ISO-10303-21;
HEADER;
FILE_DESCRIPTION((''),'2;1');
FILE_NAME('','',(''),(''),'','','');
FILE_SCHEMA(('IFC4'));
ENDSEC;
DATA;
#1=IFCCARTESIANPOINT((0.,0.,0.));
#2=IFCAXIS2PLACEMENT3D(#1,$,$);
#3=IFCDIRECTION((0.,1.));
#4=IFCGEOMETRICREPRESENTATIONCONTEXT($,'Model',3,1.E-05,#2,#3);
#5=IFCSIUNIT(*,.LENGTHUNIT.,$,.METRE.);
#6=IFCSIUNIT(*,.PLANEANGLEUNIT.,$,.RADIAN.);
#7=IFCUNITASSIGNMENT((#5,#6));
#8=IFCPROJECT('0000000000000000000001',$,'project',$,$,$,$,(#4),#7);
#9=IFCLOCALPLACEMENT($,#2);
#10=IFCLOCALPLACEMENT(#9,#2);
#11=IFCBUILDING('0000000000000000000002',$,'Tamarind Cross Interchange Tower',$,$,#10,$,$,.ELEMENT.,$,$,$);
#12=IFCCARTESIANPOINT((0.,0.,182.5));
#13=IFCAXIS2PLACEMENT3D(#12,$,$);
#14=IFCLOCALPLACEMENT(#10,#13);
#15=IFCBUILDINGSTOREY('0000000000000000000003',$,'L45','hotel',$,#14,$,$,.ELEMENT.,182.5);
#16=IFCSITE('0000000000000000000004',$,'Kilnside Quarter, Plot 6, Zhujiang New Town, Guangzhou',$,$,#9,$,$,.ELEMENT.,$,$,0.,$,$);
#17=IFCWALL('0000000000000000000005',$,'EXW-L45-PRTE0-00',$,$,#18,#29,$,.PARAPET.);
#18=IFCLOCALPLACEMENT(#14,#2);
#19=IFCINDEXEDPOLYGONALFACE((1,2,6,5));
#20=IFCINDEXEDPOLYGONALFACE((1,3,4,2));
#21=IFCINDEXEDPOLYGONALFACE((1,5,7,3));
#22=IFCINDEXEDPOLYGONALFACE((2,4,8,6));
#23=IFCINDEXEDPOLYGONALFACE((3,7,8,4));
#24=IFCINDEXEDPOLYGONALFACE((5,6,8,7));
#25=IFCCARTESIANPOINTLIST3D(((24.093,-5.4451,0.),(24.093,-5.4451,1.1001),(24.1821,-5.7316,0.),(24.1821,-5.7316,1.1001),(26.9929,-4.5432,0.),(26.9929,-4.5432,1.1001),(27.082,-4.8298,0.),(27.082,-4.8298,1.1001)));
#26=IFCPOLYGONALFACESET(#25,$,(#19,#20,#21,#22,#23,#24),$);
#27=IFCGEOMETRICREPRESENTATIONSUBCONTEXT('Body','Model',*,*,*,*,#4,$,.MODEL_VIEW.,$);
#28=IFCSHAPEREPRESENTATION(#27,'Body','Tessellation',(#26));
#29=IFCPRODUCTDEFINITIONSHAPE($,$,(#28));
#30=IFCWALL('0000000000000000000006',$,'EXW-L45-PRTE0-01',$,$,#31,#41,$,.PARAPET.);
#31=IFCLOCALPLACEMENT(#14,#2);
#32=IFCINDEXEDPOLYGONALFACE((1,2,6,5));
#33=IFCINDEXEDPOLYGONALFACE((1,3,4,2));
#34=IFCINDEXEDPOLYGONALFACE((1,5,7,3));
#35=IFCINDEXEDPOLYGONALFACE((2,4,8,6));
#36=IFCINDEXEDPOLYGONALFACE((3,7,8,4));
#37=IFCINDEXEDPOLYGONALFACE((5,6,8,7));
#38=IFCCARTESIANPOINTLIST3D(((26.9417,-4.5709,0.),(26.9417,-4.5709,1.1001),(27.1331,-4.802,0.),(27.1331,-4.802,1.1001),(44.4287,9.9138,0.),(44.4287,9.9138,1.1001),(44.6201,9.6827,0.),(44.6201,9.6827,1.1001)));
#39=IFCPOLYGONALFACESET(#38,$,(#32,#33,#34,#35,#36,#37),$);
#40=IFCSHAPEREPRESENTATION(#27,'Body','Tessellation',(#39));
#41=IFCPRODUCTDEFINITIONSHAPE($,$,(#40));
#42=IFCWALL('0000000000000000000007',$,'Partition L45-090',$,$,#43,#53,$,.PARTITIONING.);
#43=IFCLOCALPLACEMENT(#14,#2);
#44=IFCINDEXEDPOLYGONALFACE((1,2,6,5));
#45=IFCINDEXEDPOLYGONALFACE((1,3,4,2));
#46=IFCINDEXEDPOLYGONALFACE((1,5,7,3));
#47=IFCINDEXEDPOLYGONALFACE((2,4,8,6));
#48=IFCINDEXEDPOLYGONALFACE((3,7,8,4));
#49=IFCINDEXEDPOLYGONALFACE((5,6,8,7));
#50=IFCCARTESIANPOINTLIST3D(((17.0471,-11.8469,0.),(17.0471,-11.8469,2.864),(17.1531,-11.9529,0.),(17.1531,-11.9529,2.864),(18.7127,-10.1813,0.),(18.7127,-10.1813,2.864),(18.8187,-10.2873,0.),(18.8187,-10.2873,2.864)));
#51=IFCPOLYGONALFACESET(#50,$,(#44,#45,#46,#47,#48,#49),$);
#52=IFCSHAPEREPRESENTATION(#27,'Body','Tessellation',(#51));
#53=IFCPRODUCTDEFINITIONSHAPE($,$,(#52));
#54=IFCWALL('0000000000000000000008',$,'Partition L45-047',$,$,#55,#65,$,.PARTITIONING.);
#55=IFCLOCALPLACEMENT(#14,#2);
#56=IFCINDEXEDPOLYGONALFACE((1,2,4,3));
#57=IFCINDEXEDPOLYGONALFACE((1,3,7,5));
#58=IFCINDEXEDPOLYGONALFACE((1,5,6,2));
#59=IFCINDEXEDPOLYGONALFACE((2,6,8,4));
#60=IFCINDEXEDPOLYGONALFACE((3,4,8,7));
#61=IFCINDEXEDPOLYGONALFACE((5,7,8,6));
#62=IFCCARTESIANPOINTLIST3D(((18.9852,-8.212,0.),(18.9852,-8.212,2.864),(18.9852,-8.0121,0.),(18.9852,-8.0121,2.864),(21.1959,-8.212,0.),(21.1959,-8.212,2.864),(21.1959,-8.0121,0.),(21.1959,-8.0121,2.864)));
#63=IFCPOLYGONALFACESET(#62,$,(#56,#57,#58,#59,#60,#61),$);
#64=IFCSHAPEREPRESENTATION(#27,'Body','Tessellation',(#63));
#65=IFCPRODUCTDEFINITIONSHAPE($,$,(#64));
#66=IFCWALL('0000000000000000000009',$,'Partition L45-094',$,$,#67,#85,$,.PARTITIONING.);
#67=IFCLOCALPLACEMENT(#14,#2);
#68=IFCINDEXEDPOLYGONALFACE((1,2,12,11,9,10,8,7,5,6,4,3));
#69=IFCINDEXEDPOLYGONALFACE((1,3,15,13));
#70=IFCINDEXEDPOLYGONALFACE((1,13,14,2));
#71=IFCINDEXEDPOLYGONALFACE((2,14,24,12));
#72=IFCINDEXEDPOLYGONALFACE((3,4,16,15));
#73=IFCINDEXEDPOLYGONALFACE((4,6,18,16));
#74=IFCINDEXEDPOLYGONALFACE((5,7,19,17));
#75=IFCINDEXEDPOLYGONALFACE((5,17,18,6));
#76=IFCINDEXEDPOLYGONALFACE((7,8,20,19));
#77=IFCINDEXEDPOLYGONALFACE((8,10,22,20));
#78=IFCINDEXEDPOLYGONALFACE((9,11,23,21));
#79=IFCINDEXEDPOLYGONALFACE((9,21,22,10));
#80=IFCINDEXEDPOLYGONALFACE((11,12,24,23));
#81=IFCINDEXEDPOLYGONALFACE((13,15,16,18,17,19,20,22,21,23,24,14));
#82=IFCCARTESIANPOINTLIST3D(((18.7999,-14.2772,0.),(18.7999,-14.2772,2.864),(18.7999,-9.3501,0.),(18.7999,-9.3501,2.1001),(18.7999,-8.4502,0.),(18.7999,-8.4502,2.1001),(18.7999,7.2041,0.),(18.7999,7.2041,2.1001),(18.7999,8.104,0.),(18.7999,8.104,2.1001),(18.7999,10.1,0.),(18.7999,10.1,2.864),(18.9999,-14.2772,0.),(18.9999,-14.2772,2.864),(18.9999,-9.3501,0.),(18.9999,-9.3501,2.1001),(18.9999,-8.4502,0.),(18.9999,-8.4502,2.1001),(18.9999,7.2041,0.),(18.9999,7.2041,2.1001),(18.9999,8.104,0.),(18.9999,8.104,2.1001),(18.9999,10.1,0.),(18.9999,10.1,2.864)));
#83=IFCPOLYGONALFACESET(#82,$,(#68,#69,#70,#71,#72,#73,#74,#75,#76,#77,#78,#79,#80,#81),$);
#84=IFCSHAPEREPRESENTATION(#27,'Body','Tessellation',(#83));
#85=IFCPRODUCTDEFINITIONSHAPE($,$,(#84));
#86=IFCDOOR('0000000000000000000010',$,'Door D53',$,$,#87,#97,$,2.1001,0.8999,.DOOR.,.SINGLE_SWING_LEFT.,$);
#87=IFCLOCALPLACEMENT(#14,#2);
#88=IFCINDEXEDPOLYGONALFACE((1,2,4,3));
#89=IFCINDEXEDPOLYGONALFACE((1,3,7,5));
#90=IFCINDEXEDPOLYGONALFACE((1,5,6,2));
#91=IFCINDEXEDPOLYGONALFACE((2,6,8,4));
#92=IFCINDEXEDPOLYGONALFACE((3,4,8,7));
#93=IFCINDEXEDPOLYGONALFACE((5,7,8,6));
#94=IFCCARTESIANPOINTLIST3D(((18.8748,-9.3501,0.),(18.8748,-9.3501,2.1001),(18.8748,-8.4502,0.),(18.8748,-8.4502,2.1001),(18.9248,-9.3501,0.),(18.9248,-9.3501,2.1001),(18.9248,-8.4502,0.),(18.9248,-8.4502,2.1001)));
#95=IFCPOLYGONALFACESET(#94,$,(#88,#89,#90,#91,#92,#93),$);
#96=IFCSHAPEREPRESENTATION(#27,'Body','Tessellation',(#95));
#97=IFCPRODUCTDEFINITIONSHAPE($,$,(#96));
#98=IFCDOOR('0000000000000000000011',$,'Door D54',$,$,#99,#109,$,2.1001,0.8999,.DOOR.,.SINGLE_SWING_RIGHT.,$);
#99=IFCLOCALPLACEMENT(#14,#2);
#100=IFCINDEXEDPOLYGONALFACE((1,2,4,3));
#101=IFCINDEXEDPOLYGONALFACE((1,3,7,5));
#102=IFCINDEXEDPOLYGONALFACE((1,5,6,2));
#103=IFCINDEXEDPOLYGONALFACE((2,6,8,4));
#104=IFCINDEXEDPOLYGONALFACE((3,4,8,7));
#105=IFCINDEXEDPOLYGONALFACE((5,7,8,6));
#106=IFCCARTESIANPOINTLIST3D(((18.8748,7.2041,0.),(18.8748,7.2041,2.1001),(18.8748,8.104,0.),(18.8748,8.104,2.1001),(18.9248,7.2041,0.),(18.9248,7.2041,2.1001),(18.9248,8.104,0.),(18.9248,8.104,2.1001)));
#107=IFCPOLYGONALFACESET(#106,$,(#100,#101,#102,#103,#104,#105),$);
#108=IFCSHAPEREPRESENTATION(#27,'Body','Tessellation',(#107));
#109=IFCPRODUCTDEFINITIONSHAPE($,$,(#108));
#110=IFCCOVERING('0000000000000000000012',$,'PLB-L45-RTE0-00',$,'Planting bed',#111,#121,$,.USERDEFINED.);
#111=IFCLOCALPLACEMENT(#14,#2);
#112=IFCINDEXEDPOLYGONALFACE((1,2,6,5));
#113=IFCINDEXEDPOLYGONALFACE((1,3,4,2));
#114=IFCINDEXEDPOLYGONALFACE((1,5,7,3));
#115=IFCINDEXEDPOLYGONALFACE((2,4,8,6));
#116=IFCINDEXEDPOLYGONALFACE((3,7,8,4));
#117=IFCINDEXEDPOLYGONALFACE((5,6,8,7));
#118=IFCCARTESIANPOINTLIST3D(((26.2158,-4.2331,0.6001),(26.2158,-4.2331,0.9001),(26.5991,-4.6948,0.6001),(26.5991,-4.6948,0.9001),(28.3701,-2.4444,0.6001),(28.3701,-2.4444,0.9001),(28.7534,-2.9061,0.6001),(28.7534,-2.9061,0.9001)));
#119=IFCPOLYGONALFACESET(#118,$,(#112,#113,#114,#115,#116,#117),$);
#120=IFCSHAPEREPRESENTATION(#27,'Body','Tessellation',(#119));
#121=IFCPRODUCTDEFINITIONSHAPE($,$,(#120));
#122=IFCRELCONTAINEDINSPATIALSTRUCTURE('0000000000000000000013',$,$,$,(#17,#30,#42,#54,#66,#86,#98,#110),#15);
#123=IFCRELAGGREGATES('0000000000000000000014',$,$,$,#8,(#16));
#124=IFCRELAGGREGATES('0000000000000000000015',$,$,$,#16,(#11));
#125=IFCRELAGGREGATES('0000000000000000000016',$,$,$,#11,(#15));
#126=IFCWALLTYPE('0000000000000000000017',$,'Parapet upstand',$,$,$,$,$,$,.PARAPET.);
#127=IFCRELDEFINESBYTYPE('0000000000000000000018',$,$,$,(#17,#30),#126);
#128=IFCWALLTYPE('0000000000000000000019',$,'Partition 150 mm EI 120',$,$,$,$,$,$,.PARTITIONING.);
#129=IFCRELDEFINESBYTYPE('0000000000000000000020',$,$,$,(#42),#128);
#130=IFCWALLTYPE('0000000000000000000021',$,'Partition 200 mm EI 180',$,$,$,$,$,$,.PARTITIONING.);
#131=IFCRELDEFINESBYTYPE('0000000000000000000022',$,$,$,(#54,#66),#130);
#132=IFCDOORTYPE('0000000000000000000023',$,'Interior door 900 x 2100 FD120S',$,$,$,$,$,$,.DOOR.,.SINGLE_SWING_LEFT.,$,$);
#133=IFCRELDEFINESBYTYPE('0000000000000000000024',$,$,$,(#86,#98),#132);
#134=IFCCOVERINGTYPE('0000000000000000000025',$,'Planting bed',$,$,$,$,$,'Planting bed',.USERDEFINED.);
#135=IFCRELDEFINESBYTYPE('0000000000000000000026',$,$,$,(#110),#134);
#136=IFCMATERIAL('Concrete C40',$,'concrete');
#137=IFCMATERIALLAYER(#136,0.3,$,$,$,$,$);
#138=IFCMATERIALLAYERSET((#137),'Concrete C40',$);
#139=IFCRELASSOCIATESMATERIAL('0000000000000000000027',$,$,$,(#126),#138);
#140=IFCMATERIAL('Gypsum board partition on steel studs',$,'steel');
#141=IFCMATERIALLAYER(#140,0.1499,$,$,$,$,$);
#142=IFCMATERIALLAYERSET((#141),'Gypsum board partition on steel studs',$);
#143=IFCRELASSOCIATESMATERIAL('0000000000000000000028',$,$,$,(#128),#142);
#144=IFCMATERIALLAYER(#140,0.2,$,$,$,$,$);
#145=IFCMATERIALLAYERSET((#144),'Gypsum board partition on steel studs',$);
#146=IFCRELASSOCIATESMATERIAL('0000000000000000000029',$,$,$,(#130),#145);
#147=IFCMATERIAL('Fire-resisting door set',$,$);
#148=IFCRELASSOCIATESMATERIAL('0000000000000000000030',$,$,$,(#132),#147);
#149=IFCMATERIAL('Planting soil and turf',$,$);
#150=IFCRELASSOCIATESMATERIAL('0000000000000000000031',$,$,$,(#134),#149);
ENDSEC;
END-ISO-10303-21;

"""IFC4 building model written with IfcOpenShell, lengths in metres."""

from ifc_helpers import new_model, si_unit, direction, frame, frame_2d, origin, origin_2d, place, context, subcontext, project, spatial, rectangle, extrude, material, layer, layer_set, type_object, element, fill, save


model = new_model("IFC4")

# Units and contexts
model_context = context("Model", 3, precision=1e-05, world=origin(), true_north=direction((0.0, 1.0)))
body_context = subcontext(model_context, "Body", "Model", "MODEL_VIEW")
ifc_project = project(units=[si_unit("LENGTHUNIT", "METRE"), si_unit("PLANEANGLEUNIT", "RADIAN")], contexts=[model_context])

# Site, building, storey
site_placement = place(None, origin())
site = spatial("IfcSite", under=ifc_project, at=site_placement, Name="Kilnside Quarter, Plot 6, Zhujiang New Town, Guangzhou", CompositionType="ELEMENT", RefElevation=0.0)
building_placement = place(site_placement, origin())
building = spatial("IfcBuilding", under=site, at=building_placement, Name="Tamarind Cross Interchange Tower", CompositionType="ELEMENT")
storey_placement = place(building_placement, frame((0.0, 0.0, 182.5)))
storey = spatial("IfcBuildingStorey", under=building, at=storey_placement, Name="L45", Description="hotel", CompositionType="ELEMENT", Elevation=182.5)

# Walls
ifc_material_1 = material(Name="Concrete C40", Category="concrete")
ifc_layer_1 = layer(ifc_material_1, 0.3)
ifc_layer_set_1 = layer_set([ifc_layer_1], Name="Concrete C40")
wall_type_1 = type_object("IfcWallType", Name="Parapet upstand", PredefinedType="PARAPET", material=ifc_layer_set_1)
wall_1_placement = place(storey_placement, frame((24.1375, -5.5884, 0.0), z_axis=(0.0, 0.0, 1.0), x_axis=(0.954888, 0.296966, 0.0)))
element("IfcWall", 1, at=wall_1_placement, inside=storey, type_object=wall_type_1, Name="EXW-L45-PRTE0-00", PredefinedType="PARAPET", context=body_context, shape_type="SweptSolid", body=[
    extrude(rectangle(XDim=3.0369, YDim=0.3, at=frame_2d((1.5186, 0.0))), origin(), (0.0, 0.0, 1.0), 1.1001),
])
wall_2_placement = place(storey_placement, frame((27.0374, -4.6865, 0.0), z_axis=(0.0, 0.0, 1.0), x_axis=(0.770118, 0.637901, 0.0)))
element("IfcWall", 2, at=wall_2_placement, inside=storey, type_object=wall_type_1, Name="EXW-L45-PRTE0-01", PredefinedType="PARAPET", context=body_context, shape_type="SweptSolid", body=[
    extrude(rectangle(XDim=22.7068, YDim=0.3, at=frame_2d((11.3535, 0.0))), origin(), (0.0, 0.0, 1.0), 1.1001),
])
ifc_material_2 = material(Name="Gypsum board partition on steel studs", Category="steel")
ifc_layer_2 = layer(ifc_material_2, 0.1499)
ifc_layer_set_2 = layer_set([ifc_layer_2], Name="Gypsum board partition on steel studs")
wall_type_2 = type_object("IfcWallType", Name="Partition 150 mm EI 120", PredefinedType="PARTITIONING", material=ifc_layer_set_2)
wall_3_placement = place(storey_placement, frame((17.1001, -11.8999, 0.0), z_axis=(0.0, 0.0, 1.0), x_axis=(0.707107, 0.707107, 0.0)))
element("IfcWall", 3, at=wall_3_placement, inside=storey, type_object=wall_type_2, Name="Partition L45-090", PredefinedType="PARTITIONING", context=body_context, shape_type="SweptSolid", body=[
    extrude(rectangle(XDim=2.3555, YDim=0.1499, at=frame_2d((1.1777, 0.0))), origin(), (0.0, 0.0, 1.0), 2.864),
])
ifc_layer_3 = layer(ifc_material_2, 0.2)
ifc_layer_set_3 = layer_set([ifc_layer_3], Name="Gypsum board partition on steel studs")
wall_type_3 = type_object("IfcWallType", Name="Partition 200 mm EI 180", PredefinedType="PARTITIONING", material=ifc_layer_set_3)
wall_4_placement = place(storey_placement, frame((18.9851, -8.1121, 0.0), z_axis=(0.0, 0.0, 1.0), x_axis=(1.0, 0.0, 0.0)))
element("IfcWall", 4, at=wall_4_placement, inside=storey, type_object=wall_type_3, Name="Partition L45-047", PredefinedType="PARTITIONING", context=body_context, shape_type="SweptSolid", body=[
    extrude(rectangle(XDim=2.2107, YDim=0.2, at=frame_2d((1.1055, 0.0))), origin(), (0.0, 0.0, 1.0), 2.864),
])

# Wall, openings, doors
wall_5_placement = place(storey_placement, frame((18.8999, -14.2771, 0.0), z_axis=(0.0, 0.0, 1.0), x_axis=(0.0, 1.0, 0.0)))
wall_5 = element("IfcWall", 5, at=wall_5_placement, inside=storey, type_object=wall_type_3, Name="Partition L45-094", PredefinedType="PARTITIONING", context=body_context, shape_type="SweptSolid", body=[
    extrude(rectangle(XDim=24.3772, YDim=0.2, at=frame_2d((12.1885, 0.0))), origin(), (0.0, 0.0, 1.0), 2.864),
])
opening_1_placement = place(wall_5_placement, frame((4.927, 0.0, 0.0)))
opening_1 = element("IfcOpeningElement", 6, at=opening_1_placement, cuts=wall_5, PredefinedType="OPENING", context=body_context, shape_type="SweptSolid", body=[
    extrude(rectangle(XDim=0.8999, YDim=2.1001, at=frame_2d((0.45, 1.05))), frame((0.0, 0.1099, 0.0), z_axis=(0.0, -1.0, 0.0), x_axis=(1.0, 0.0, 0.0)), (0.0, 0.0, 1.0), 0.22),
])
opening_2_placement = place(wall_5_placement, frame((21.4812, 0.0, 0.0)))
opening_2 = element("IfcOpeningElement", 7, at=opening_2_placement, cuts=wall_5, PredefinedType="OPENING", context=body_context, shape_type="SweptSolid", body=[
    extrude(rectangle(XDim=0.8999, YDim=2.1001, at=frame_2d((0.45, 1.05))), frame((0.0, 0.1099, 0.0), z_axis=(0.0, -1.0, 0.0), x_axis=(1.0, 0.0, 0.0)), (0.0, 0.0, 1.0), 0.22),
])
ifc_material_3 = material(Name="Fire-resisting door set")
door_type = type_object("IfcDoorType", Name="Interior door 900 x 2100 FD120S", OperationType="SINGLE_SWING_LEFT", PredefinedType="DOOR", material=ifc_material_3)
door_1_placement = place(opening_1_placement, frame((0.8999, 0.0, 0.0), z_axis=(0.0, 0.0, 1.0), x_axis=(-1.0, 0.0, 0.0)))
door_1 = element("IfcDoor", 8, at=door_1_placement, inside=storey, type_object=door_type, Name="Door D53", OperationType="SINGLE_SWING_LEFT", OverallHeight=2.1001, OverallWidth=0.8999, PredefinedType="DOOR", context=body_context, shape_type="SweptSolid", body=[
    extrude(rectangle(XDim=0.8999, YDim=2.1001, at=frame_2d((0.45, 1.05))), frame((0.0, 0.0249, 0.0), z_axis=(0.0, -1.0, 0.0), x_axis=(1.0, 0.0, 0.0)), (0.0, 0.0, 1.0), 0.05),
])
fill(opening_1, door_1)
door_2_placement = place(opening_2_placement, frame((0.8999, 0.0, 0.0), z_axis=(0.0, 0.0, 1.0), x_axis=(-1.0, 0.0, 0.0)))
door_2 = element("IfcDoor", 9, at=door_2_placement, inside=storey, type_object=door_type, Name="Door D54", OperationType="SINGLE_SWING_RIGHT", OverallHeight=2.1001, OverallWidth=0.8999, PredefinedType="DOOR", context=body_context, shape_type="SweptSolid", body=[
    extrude(rectangle(XDim=0.8999, YDim=2.1001, at=frame_2d((0.45, 1.05))), frame((0.0, 0.0249, 0.0), z_axis=(0.0, -1.0, 0.0), x_axis=(1.0, 0.0, 0.0)), (0.0, 0.0, 1.0), 0.05),
])
fill(opening_2, door_2)

# Covering
ifc_material_4 = material(Name="Planting soil and turf")
covering_type = type_object("IfcCoveringType", Name="Planting bed", ElementType="Planting bed", PredefinedType="USERDEFINED", material=ifc_material_4)
covering_placement = place(storey_placement, frame((27.4846, -3.5696, 0.6001), z_axis=(0.0, 0.0, 1.0), x_axis=(0.769373, 0.6388, 0.0)))
element("IfcCovering", 10, at=covering_placement, inside=storey, type_object=covering_type, Name="PLB-L45-RTE0-00", ObjectType="Planting bed", PredefinedType="USERDEFINED", context=body_context, shape_type="SweptSolid", body=[
    extrude(rectangle(XDim=2.8, YDim=0.6001, at=origin_2d()), origin(), (0.0, 0.0, 1.0), 0.3),
])

save(model, "model.ifc")
